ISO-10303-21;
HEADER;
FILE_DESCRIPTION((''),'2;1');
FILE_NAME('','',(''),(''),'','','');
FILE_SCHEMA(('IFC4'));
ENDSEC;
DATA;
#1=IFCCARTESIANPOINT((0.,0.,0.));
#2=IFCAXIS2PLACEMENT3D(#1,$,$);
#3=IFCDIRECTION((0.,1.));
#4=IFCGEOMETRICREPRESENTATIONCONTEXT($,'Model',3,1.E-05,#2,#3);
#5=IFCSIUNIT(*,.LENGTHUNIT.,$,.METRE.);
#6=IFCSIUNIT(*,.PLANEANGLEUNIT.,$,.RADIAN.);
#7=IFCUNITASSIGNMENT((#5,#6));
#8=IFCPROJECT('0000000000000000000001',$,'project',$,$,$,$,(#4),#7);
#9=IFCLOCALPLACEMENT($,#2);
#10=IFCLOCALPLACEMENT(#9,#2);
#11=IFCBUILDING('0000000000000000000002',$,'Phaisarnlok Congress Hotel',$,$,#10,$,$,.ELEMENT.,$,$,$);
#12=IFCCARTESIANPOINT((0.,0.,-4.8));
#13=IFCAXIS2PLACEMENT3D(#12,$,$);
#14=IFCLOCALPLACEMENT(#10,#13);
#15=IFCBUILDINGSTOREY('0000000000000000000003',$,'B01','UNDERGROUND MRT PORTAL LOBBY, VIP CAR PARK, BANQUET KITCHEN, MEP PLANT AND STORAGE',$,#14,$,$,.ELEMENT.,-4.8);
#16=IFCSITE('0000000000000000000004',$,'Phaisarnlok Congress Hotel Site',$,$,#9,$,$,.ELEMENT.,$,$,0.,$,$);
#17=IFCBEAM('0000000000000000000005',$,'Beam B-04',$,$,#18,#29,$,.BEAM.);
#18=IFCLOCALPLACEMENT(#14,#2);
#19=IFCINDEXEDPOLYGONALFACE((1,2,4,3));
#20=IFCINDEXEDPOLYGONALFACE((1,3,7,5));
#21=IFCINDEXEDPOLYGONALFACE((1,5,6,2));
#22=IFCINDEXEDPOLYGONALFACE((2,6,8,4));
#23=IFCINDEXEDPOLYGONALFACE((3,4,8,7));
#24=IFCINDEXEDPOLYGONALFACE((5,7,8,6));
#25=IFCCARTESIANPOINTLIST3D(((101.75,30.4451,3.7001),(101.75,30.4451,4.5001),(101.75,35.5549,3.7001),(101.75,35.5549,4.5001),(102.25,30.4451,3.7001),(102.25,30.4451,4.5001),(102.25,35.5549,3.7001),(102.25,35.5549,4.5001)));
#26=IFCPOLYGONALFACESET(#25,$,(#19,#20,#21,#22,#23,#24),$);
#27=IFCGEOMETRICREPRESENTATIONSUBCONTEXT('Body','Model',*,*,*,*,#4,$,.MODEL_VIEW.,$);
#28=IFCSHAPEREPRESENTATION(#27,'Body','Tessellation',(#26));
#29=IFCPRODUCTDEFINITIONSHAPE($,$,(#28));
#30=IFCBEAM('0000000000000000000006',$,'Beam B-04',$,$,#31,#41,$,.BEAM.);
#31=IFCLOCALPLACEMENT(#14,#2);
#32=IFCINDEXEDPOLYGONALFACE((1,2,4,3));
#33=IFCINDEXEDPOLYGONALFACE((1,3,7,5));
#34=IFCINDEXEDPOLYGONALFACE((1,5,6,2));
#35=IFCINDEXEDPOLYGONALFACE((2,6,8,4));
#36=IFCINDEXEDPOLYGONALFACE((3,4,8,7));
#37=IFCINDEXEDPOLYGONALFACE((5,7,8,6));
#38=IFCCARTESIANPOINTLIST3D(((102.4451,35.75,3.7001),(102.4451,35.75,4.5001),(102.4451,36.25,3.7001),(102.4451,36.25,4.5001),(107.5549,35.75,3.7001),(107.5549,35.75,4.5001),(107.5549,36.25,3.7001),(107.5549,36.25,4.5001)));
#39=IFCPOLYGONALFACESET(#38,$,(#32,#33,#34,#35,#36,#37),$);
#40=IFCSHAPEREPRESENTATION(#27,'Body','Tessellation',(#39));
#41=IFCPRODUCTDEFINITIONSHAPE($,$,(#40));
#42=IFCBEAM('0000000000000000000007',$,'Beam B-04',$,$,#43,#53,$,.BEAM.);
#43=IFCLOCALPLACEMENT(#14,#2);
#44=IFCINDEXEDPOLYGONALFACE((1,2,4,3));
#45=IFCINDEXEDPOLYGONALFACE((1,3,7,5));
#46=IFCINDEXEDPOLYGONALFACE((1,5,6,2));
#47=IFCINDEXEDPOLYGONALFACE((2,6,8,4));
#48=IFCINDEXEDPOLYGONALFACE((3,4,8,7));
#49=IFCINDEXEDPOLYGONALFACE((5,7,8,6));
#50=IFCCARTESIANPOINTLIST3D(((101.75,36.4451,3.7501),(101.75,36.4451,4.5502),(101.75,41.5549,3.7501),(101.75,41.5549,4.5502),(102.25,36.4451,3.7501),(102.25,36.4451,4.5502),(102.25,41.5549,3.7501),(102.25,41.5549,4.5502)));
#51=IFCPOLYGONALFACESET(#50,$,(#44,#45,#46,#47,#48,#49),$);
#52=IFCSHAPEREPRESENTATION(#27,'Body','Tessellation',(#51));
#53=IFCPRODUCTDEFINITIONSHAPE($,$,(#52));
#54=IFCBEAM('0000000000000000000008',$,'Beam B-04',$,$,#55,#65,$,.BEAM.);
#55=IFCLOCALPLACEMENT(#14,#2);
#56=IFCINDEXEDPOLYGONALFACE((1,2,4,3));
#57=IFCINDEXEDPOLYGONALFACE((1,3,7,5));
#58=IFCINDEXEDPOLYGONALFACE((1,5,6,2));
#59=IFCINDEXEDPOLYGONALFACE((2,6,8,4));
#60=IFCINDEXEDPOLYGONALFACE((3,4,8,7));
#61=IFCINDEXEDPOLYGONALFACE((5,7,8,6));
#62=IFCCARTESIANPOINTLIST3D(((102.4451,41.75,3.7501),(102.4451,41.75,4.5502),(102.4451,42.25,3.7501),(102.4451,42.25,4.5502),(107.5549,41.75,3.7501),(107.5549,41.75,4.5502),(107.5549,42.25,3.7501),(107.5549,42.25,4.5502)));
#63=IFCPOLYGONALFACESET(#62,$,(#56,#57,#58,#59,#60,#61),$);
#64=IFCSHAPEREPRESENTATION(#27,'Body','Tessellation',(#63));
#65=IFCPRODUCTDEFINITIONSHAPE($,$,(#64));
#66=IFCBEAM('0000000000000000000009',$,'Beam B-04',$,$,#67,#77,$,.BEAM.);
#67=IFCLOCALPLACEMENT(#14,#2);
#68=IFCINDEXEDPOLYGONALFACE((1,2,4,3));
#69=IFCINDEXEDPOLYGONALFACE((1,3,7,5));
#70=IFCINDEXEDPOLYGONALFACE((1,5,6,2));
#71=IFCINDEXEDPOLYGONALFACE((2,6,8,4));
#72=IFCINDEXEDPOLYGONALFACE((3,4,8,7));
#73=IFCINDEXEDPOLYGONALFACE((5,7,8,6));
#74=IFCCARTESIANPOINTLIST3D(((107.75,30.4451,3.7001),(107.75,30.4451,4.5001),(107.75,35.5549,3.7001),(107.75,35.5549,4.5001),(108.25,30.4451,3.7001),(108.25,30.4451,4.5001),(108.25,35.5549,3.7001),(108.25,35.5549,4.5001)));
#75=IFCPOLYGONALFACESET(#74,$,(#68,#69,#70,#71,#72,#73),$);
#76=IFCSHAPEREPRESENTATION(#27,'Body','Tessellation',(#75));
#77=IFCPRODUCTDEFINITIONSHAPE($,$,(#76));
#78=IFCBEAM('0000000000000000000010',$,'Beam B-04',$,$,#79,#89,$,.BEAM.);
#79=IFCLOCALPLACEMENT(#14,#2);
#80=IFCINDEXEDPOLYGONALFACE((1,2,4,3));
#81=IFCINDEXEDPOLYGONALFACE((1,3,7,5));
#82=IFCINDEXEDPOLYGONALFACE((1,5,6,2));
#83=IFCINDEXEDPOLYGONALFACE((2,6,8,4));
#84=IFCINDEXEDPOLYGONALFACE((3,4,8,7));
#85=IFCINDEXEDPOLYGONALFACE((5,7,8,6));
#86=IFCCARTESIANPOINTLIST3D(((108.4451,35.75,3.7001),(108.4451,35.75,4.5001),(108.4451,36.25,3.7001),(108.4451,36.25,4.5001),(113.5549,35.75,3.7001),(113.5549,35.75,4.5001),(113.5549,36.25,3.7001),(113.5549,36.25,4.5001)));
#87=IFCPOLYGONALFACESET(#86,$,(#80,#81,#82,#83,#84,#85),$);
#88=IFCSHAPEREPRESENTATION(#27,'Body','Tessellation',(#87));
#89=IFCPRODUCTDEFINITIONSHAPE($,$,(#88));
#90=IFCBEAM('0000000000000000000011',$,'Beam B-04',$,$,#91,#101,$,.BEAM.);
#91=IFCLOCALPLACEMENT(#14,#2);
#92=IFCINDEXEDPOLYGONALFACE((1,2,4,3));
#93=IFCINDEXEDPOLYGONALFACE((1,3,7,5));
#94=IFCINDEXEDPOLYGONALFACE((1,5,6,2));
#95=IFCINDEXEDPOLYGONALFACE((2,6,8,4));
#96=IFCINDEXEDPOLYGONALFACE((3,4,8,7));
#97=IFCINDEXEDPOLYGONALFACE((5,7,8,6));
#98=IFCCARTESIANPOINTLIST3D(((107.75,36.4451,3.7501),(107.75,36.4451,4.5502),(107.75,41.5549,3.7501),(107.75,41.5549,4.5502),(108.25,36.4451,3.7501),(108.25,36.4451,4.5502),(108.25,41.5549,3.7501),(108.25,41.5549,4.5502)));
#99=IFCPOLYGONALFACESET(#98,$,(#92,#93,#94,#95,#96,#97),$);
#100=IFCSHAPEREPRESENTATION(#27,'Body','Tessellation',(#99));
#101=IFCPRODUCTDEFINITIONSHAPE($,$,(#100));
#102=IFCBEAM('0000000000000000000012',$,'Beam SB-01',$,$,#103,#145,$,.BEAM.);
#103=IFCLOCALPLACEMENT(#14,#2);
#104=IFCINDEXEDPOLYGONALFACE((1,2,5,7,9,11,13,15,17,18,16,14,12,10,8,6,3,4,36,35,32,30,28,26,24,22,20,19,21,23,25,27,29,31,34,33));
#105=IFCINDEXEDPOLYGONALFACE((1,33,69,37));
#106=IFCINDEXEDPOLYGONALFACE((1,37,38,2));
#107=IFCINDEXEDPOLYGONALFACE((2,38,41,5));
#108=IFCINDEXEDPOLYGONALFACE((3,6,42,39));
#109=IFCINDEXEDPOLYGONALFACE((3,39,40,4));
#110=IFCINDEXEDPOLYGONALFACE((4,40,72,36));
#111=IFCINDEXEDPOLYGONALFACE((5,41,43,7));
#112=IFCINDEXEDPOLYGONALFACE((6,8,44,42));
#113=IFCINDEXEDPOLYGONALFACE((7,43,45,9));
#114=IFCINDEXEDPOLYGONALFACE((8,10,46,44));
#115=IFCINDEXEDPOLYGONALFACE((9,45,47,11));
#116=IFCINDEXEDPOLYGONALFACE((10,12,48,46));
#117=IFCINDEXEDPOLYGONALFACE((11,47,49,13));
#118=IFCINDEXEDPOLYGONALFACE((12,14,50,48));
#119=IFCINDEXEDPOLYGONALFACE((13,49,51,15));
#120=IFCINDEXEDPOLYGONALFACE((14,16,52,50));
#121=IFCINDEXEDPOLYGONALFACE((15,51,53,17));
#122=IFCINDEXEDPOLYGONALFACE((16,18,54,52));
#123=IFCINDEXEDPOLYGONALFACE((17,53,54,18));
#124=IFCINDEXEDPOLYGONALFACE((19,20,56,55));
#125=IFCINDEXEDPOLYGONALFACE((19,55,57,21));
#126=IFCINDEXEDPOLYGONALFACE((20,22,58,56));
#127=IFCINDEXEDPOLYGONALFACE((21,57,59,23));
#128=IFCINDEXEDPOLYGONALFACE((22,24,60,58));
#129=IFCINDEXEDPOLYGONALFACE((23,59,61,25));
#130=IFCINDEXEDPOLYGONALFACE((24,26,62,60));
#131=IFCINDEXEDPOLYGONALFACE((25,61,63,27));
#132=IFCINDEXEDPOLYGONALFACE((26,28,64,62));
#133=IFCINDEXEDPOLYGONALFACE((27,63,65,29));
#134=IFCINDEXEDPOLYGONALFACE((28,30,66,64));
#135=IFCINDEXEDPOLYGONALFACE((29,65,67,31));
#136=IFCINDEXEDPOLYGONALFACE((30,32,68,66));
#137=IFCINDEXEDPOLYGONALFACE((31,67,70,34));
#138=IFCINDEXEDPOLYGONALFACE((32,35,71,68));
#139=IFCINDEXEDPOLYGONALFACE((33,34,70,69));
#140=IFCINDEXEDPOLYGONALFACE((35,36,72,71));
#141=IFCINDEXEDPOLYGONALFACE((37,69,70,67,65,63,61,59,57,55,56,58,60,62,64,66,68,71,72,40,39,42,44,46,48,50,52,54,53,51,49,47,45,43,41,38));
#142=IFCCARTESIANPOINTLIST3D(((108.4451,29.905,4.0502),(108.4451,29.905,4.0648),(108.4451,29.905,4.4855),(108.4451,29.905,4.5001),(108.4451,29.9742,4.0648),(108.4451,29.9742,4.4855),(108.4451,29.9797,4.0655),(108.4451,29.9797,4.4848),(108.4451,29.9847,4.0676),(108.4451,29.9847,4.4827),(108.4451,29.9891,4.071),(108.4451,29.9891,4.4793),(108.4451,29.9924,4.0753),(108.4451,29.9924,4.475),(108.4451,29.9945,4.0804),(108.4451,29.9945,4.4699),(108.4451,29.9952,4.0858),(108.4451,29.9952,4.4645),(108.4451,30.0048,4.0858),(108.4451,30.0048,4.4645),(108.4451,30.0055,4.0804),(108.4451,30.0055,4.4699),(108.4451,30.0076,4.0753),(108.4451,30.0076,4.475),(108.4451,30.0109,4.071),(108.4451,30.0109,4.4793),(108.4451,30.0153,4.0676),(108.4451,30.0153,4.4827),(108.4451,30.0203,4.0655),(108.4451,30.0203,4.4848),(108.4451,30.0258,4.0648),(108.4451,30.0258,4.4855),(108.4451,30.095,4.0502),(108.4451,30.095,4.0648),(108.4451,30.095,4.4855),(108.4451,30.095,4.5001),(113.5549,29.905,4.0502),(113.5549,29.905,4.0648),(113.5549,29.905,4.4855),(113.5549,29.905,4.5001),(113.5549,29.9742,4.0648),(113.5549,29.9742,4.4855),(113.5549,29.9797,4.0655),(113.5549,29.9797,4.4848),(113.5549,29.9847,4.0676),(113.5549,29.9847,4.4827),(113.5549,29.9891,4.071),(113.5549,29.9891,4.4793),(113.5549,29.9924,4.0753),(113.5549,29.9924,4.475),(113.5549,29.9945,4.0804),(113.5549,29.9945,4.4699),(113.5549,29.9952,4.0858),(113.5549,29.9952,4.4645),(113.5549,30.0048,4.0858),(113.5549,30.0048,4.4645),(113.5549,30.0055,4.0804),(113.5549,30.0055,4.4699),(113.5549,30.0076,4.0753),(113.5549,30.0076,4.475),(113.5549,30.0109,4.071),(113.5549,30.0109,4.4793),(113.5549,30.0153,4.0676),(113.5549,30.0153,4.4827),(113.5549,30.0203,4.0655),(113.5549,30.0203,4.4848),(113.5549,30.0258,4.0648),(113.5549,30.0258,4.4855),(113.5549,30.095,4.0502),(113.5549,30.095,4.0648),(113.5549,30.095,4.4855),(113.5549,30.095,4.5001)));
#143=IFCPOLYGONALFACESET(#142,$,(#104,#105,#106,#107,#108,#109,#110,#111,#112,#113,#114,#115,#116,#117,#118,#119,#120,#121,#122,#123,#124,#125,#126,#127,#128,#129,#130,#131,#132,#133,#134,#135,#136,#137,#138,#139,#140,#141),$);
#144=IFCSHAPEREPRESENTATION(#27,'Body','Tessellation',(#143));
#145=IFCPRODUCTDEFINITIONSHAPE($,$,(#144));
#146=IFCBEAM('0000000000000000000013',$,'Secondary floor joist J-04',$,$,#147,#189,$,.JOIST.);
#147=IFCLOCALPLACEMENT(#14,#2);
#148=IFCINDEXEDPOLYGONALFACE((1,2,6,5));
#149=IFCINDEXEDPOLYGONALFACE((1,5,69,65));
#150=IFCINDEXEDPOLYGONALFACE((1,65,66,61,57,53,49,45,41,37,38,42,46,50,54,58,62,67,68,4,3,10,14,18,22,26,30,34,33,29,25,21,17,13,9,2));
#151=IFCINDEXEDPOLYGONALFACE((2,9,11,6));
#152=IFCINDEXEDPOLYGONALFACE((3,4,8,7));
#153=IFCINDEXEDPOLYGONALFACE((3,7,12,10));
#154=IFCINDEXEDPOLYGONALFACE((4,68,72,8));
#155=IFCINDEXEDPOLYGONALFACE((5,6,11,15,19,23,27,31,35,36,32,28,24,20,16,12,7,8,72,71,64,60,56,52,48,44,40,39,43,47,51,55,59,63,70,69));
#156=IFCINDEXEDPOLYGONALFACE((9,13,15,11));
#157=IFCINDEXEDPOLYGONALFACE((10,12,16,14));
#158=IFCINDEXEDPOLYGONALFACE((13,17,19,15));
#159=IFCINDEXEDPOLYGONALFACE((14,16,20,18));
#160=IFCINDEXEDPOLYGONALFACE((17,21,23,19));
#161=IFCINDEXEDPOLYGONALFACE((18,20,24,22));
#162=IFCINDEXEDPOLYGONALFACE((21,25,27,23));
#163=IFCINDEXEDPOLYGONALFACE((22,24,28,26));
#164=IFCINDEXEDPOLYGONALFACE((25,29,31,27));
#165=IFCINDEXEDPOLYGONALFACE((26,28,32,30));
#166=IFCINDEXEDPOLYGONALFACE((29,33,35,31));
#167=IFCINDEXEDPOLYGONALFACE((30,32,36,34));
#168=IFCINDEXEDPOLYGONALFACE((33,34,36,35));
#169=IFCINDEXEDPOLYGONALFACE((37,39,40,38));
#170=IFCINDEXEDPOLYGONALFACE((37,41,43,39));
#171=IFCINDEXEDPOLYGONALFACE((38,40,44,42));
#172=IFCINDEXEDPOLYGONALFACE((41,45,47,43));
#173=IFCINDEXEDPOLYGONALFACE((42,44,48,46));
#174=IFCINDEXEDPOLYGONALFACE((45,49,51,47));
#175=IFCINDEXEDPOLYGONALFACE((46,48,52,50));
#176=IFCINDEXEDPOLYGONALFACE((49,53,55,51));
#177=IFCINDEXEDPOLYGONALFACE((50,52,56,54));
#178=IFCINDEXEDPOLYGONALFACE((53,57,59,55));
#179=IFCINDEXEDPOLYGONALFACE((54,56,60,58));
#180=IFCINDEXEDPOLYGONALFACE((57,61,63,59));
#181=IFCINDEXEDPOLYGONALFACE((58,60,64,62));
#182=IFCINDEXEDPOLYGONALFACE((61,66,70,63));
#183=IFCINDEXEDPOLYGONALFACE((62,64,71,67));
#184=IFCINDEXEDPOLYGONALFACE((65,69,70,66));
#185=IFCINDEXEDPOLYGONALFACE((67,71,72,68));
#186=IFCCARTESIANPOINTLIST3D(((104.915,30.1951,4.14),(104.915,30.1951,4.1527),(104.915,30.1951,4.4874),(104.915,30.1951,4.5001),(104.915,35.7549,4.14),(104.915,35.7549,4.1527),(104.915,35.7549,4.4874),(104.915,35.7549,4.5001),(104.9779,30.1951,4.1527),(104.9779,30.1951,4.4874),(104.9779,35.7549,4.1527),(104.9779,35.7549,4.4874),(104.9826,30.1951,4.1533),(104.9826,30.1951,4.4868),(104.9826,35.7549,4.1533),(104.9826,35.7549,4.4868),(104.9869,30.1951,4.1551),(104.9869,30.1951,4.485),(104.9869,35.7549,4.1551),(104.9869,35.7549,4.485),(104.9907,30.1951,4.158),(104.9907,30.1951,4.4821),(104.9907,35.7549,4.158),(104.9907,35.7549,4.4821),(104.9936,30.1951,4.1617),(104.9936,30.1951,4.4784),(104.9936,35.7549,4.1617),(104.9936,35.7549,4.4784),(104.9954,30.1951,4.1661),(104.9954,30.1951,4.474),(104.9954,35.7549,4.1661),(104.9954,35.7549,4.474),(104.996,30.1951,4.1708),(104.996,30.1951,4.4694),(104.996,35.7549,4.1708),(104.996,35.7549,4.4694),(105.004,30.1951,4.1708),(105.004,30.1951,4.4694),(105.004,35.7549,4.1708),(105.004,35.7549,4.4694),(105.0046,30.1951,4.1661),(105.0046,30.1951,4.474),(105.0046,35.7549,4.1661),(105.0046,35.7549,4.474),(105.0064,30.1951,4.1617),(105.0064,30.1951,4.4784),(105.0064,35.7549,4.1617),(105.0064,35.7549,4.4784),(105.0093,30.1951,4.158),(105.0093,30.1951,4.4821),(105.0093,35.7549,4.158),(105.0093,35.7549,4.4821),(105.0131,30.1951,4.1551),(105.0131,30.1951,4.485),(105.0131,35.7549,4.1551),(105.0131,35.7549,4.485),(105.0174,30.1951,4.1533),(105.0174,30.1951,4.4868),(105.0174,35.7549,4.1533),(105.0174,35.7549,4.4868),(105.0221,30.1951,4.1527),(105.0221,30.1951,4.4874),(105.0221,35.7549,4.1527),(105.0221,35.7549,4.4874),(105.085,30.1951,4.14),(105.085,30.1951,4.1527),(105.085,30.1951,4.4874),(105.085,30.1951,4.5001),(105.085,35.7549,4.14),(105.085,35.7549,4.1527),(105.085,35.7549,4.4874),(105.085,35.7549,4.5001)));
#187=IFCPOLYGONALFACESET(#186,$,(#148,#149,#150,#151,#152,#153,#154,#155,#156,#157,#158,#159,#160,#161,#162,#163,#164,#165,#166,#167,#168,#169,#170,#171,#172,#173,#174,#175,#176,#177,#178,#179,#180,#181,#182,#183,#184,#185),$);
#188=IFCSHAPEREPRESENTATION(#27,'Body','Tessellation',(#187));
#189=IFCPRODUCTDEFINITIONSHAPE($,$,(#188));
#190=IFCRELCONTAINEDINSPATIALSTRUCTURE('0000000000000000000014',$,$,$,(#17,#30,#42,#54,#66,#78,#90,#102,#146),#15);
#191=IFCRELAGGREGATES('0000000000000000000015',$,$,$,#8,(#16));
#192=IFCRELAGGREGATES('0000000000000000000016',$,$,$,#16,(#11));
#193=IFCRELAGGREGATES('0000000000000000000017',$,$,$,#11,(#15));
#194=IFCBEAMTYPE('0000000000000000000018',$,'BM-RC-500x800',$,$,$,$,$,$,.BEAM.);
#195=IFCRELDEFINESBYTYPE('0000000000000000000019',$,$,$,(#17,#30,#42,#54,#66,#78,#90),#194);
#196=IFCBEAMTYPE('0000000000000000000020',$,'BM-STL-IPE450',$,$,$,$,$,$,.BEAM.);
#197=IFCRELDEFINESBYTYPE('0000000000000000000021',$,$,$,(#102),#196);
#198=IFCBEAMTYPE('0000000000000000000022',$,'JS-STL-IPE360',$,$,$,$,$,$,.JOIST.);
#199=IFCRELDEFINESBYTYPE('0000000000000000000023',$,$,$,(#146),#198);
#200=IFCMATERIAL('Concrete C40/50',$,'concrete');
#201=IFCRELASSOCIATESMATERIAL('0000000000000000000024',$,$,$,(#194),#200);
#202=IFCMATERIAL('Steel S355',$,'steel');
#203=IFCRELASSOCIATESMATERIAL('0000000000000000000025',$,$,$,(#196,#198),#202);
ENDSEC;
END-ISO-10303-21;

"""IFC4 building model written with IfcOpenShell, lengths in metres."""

from ifc_helpers import new_model, si_unit, direction, frame, origin, origin_2d, place, context, subcontext, project, spatial, rectangle, i_section, extrude, material, material_profile, profile_set, type_object, element, save


model = new_model("IFC4")

# Units and contexts
model_context = context("Model", 3, precision=1e-05, world=origin(), true_north=direction((0.0, 1.0)))
body_context = subcontext(model_context, "Body", "Model", "MODEL_VIEW")
ifc_project = project(units=[si_unit("LENGTHUNIT", "METRE"), si_unit("PLANEANGLEUNIT", "RADIAN")], contexts=[model_context])

# Site, building, storey
site_placement = place(None, origin())
site = spatial("IfcSite", under=ifc_project, at=site_placement, Name="Phaisarnlok Congress Hotel Site", CompositionType="ELEMENT", RefElevation=0.0)
building_placement = place(site_placement, origin())
building = spatial("IfcBuilding", under=site, at=building_placement, Name="Phaisarnlok Congress Hotel", CompositionType="ELEMENT")
storey_placement = place(building_placement, frame((0.0, 0.0, -4.8)))
storey = spatial("IfcBuildingStorey", under=building, at=storey_placement, Name="B01", Description="UNDERGROUND MRT PORTAL LOBBY, VIP CAR PARK, BANQUET KITCHEN, MEP PLANT AND STORAGE", CompositionType="ELEMENT", Elevation=-4.8)

# Shared definitions
ifc_material_1 = material(Name="Concrete C40/50", Category="concrete")

# Beams
ifc_material_profile_1 = material_profile(ifc_material_1, rectangle(XDim=0.5, YDim=0.8, at=origin_2d()), Name="RC 500x800")
ifc_profile_set_1 = profile_set([ifc_material_profile_1], Name="Concrete C40/50")
beam_type_1 = type_object("IfcBeamType", Name="BM-RC-500x800", PredefinedType="BEAM", material=ifc_profile_set_1)
for number, where, z_axis, x_axis, name in (
    (1, (102.0, 30.4451, 4.1001), (0.0, 1.0, 0.0), (-1.0, 0.0, 0.0), "Beam B-04"),
    (2, (102.4451, 36.0, 4.1001), (1.0, 0.0, 0.0), (0.0, 1.0, 0.0), "Beam B-04"),
    (3, (102.0, 36.4451, 4.1501), (0.0, 1.0, 0.0), (-1.0, 0.0, 0.0), "Beam B-04"),
    (4, (102.4451, 42.0, 4.1501), (1.0, 0.0, 0.0), (0.0, 1.0, 0.0), "Beam B-04"),
    (5, (108.0, 30.4451, 4.1001), (0.0, 1.0, 0.0), (-1.0, 0.0, 0.0), "Beam B-04"),
    (6, (108.4451, 36.0, 4.1001), (1.0, 0.0, 0.0), (0.0, 1.0, 0.0), "Beam B-04"),
    (7, (108.0, 36.4451, 4.1501), (0.0, 1.0, 0.0), (-1.0, 0.0, 0.0), "Beam B-04"),
):
    element("IfcBeam", number, at=place(storey_placement, frame(where, z_axis=z_axis, x_axis=x_axis)), inside=storey, type_object=beam_type_1, Name=name, PredefinedType="BEAM", context=body_context, shape_type="SweptSolid", body=[
        extrude(rectangle(XDim=0.5, YDim=0.8, at=origin_2d()), origin(), (0.0, 0.0, 1.0), 5.1099),
    ])
ifc_material_2 = material(Name="Steel S355", Category="steel")
ifc_material_profile_2 = material_profile(ifc_material_2, i_section(OverallWidth=0.1899, OverallDepth=0.45, WebThickness=0.0095, FlangeThickness=0.0146, FilletRadius=0.021, at=origin_2d()), Name="IPE 450")
ifc_profile_set_2 = profile_set([ifc_material_profile_2], Name="Steel S355")
beam_type_2 = type_object("IfcBeamType", Name="BM-STL-IPE450", PredefinedType="BEAM", material=ifc_profile_set_2)
beam_1_placement = place(storey_placement, frame((108.4451, 30.0, 4.2751), z_axis=(1.0, 0.0, 0.0), x_axis=(0.0, 1.0, 0.0)))
element("IfcBeam", 8, at=beam_1_placement, inside=storey, type_object=beam_type_2, Name="Beam SB-01", PredefinedType="BEAM", context=body_context, shape_type="SweptSolid", body=[
    extrude(i_section(OverallWidth=0.1899, OverallDepth=0.45, WebThickness=0.0095, FlangeThickness=0.0146, FilletRadius=0.021, at=origin_2d()), origin(), (0.0, 0.0, 1.0), 5.1099),
])
ifc_material_profile_3 = material_profile(ifc_material_2, i_section(OverallWidth=0.1699, OverallDepth=0.3601, WebThickness=0.0081, FlangeThickness=0.0127, FilletRadius=0.0181, at=origin_2d()), Name="IPE 360")
ifc_profile_set_3 = profile_set([ifc_material_profile_3], Name="Steel S355")
beam_type_3 = type_object("IfcBeamType", Name="JS-STL-IPE360", PredefinedType="JOIST", material=ifc_profile_set_3)
beam_2_placement = place(storey_placement, frame((105.0, 30.1951, 4.3201), z_axis=(0.0, 1.0, 0.0), x_axis=(-1.0, 0.0, 0.0)))
element("IfcBeam", 9, at=beam_2_placement, inside=storey, type_object=beam_type_3, Name="Secondary floor joist J-04", PredefinedType="JOIST", context=body_context, shape_type="SweptSolid", body=[
    extrude(i_section(OverallWidth=0.1699, OverallDepth=0.3601, WebThickness=0.0081, FlangeThickness=0.0127, FilletRadius=0.0181, at=origin_2d()), origin(), (0.0, 0.0, 1.0), 5.5598),
])

save(model, "model.ifc")
